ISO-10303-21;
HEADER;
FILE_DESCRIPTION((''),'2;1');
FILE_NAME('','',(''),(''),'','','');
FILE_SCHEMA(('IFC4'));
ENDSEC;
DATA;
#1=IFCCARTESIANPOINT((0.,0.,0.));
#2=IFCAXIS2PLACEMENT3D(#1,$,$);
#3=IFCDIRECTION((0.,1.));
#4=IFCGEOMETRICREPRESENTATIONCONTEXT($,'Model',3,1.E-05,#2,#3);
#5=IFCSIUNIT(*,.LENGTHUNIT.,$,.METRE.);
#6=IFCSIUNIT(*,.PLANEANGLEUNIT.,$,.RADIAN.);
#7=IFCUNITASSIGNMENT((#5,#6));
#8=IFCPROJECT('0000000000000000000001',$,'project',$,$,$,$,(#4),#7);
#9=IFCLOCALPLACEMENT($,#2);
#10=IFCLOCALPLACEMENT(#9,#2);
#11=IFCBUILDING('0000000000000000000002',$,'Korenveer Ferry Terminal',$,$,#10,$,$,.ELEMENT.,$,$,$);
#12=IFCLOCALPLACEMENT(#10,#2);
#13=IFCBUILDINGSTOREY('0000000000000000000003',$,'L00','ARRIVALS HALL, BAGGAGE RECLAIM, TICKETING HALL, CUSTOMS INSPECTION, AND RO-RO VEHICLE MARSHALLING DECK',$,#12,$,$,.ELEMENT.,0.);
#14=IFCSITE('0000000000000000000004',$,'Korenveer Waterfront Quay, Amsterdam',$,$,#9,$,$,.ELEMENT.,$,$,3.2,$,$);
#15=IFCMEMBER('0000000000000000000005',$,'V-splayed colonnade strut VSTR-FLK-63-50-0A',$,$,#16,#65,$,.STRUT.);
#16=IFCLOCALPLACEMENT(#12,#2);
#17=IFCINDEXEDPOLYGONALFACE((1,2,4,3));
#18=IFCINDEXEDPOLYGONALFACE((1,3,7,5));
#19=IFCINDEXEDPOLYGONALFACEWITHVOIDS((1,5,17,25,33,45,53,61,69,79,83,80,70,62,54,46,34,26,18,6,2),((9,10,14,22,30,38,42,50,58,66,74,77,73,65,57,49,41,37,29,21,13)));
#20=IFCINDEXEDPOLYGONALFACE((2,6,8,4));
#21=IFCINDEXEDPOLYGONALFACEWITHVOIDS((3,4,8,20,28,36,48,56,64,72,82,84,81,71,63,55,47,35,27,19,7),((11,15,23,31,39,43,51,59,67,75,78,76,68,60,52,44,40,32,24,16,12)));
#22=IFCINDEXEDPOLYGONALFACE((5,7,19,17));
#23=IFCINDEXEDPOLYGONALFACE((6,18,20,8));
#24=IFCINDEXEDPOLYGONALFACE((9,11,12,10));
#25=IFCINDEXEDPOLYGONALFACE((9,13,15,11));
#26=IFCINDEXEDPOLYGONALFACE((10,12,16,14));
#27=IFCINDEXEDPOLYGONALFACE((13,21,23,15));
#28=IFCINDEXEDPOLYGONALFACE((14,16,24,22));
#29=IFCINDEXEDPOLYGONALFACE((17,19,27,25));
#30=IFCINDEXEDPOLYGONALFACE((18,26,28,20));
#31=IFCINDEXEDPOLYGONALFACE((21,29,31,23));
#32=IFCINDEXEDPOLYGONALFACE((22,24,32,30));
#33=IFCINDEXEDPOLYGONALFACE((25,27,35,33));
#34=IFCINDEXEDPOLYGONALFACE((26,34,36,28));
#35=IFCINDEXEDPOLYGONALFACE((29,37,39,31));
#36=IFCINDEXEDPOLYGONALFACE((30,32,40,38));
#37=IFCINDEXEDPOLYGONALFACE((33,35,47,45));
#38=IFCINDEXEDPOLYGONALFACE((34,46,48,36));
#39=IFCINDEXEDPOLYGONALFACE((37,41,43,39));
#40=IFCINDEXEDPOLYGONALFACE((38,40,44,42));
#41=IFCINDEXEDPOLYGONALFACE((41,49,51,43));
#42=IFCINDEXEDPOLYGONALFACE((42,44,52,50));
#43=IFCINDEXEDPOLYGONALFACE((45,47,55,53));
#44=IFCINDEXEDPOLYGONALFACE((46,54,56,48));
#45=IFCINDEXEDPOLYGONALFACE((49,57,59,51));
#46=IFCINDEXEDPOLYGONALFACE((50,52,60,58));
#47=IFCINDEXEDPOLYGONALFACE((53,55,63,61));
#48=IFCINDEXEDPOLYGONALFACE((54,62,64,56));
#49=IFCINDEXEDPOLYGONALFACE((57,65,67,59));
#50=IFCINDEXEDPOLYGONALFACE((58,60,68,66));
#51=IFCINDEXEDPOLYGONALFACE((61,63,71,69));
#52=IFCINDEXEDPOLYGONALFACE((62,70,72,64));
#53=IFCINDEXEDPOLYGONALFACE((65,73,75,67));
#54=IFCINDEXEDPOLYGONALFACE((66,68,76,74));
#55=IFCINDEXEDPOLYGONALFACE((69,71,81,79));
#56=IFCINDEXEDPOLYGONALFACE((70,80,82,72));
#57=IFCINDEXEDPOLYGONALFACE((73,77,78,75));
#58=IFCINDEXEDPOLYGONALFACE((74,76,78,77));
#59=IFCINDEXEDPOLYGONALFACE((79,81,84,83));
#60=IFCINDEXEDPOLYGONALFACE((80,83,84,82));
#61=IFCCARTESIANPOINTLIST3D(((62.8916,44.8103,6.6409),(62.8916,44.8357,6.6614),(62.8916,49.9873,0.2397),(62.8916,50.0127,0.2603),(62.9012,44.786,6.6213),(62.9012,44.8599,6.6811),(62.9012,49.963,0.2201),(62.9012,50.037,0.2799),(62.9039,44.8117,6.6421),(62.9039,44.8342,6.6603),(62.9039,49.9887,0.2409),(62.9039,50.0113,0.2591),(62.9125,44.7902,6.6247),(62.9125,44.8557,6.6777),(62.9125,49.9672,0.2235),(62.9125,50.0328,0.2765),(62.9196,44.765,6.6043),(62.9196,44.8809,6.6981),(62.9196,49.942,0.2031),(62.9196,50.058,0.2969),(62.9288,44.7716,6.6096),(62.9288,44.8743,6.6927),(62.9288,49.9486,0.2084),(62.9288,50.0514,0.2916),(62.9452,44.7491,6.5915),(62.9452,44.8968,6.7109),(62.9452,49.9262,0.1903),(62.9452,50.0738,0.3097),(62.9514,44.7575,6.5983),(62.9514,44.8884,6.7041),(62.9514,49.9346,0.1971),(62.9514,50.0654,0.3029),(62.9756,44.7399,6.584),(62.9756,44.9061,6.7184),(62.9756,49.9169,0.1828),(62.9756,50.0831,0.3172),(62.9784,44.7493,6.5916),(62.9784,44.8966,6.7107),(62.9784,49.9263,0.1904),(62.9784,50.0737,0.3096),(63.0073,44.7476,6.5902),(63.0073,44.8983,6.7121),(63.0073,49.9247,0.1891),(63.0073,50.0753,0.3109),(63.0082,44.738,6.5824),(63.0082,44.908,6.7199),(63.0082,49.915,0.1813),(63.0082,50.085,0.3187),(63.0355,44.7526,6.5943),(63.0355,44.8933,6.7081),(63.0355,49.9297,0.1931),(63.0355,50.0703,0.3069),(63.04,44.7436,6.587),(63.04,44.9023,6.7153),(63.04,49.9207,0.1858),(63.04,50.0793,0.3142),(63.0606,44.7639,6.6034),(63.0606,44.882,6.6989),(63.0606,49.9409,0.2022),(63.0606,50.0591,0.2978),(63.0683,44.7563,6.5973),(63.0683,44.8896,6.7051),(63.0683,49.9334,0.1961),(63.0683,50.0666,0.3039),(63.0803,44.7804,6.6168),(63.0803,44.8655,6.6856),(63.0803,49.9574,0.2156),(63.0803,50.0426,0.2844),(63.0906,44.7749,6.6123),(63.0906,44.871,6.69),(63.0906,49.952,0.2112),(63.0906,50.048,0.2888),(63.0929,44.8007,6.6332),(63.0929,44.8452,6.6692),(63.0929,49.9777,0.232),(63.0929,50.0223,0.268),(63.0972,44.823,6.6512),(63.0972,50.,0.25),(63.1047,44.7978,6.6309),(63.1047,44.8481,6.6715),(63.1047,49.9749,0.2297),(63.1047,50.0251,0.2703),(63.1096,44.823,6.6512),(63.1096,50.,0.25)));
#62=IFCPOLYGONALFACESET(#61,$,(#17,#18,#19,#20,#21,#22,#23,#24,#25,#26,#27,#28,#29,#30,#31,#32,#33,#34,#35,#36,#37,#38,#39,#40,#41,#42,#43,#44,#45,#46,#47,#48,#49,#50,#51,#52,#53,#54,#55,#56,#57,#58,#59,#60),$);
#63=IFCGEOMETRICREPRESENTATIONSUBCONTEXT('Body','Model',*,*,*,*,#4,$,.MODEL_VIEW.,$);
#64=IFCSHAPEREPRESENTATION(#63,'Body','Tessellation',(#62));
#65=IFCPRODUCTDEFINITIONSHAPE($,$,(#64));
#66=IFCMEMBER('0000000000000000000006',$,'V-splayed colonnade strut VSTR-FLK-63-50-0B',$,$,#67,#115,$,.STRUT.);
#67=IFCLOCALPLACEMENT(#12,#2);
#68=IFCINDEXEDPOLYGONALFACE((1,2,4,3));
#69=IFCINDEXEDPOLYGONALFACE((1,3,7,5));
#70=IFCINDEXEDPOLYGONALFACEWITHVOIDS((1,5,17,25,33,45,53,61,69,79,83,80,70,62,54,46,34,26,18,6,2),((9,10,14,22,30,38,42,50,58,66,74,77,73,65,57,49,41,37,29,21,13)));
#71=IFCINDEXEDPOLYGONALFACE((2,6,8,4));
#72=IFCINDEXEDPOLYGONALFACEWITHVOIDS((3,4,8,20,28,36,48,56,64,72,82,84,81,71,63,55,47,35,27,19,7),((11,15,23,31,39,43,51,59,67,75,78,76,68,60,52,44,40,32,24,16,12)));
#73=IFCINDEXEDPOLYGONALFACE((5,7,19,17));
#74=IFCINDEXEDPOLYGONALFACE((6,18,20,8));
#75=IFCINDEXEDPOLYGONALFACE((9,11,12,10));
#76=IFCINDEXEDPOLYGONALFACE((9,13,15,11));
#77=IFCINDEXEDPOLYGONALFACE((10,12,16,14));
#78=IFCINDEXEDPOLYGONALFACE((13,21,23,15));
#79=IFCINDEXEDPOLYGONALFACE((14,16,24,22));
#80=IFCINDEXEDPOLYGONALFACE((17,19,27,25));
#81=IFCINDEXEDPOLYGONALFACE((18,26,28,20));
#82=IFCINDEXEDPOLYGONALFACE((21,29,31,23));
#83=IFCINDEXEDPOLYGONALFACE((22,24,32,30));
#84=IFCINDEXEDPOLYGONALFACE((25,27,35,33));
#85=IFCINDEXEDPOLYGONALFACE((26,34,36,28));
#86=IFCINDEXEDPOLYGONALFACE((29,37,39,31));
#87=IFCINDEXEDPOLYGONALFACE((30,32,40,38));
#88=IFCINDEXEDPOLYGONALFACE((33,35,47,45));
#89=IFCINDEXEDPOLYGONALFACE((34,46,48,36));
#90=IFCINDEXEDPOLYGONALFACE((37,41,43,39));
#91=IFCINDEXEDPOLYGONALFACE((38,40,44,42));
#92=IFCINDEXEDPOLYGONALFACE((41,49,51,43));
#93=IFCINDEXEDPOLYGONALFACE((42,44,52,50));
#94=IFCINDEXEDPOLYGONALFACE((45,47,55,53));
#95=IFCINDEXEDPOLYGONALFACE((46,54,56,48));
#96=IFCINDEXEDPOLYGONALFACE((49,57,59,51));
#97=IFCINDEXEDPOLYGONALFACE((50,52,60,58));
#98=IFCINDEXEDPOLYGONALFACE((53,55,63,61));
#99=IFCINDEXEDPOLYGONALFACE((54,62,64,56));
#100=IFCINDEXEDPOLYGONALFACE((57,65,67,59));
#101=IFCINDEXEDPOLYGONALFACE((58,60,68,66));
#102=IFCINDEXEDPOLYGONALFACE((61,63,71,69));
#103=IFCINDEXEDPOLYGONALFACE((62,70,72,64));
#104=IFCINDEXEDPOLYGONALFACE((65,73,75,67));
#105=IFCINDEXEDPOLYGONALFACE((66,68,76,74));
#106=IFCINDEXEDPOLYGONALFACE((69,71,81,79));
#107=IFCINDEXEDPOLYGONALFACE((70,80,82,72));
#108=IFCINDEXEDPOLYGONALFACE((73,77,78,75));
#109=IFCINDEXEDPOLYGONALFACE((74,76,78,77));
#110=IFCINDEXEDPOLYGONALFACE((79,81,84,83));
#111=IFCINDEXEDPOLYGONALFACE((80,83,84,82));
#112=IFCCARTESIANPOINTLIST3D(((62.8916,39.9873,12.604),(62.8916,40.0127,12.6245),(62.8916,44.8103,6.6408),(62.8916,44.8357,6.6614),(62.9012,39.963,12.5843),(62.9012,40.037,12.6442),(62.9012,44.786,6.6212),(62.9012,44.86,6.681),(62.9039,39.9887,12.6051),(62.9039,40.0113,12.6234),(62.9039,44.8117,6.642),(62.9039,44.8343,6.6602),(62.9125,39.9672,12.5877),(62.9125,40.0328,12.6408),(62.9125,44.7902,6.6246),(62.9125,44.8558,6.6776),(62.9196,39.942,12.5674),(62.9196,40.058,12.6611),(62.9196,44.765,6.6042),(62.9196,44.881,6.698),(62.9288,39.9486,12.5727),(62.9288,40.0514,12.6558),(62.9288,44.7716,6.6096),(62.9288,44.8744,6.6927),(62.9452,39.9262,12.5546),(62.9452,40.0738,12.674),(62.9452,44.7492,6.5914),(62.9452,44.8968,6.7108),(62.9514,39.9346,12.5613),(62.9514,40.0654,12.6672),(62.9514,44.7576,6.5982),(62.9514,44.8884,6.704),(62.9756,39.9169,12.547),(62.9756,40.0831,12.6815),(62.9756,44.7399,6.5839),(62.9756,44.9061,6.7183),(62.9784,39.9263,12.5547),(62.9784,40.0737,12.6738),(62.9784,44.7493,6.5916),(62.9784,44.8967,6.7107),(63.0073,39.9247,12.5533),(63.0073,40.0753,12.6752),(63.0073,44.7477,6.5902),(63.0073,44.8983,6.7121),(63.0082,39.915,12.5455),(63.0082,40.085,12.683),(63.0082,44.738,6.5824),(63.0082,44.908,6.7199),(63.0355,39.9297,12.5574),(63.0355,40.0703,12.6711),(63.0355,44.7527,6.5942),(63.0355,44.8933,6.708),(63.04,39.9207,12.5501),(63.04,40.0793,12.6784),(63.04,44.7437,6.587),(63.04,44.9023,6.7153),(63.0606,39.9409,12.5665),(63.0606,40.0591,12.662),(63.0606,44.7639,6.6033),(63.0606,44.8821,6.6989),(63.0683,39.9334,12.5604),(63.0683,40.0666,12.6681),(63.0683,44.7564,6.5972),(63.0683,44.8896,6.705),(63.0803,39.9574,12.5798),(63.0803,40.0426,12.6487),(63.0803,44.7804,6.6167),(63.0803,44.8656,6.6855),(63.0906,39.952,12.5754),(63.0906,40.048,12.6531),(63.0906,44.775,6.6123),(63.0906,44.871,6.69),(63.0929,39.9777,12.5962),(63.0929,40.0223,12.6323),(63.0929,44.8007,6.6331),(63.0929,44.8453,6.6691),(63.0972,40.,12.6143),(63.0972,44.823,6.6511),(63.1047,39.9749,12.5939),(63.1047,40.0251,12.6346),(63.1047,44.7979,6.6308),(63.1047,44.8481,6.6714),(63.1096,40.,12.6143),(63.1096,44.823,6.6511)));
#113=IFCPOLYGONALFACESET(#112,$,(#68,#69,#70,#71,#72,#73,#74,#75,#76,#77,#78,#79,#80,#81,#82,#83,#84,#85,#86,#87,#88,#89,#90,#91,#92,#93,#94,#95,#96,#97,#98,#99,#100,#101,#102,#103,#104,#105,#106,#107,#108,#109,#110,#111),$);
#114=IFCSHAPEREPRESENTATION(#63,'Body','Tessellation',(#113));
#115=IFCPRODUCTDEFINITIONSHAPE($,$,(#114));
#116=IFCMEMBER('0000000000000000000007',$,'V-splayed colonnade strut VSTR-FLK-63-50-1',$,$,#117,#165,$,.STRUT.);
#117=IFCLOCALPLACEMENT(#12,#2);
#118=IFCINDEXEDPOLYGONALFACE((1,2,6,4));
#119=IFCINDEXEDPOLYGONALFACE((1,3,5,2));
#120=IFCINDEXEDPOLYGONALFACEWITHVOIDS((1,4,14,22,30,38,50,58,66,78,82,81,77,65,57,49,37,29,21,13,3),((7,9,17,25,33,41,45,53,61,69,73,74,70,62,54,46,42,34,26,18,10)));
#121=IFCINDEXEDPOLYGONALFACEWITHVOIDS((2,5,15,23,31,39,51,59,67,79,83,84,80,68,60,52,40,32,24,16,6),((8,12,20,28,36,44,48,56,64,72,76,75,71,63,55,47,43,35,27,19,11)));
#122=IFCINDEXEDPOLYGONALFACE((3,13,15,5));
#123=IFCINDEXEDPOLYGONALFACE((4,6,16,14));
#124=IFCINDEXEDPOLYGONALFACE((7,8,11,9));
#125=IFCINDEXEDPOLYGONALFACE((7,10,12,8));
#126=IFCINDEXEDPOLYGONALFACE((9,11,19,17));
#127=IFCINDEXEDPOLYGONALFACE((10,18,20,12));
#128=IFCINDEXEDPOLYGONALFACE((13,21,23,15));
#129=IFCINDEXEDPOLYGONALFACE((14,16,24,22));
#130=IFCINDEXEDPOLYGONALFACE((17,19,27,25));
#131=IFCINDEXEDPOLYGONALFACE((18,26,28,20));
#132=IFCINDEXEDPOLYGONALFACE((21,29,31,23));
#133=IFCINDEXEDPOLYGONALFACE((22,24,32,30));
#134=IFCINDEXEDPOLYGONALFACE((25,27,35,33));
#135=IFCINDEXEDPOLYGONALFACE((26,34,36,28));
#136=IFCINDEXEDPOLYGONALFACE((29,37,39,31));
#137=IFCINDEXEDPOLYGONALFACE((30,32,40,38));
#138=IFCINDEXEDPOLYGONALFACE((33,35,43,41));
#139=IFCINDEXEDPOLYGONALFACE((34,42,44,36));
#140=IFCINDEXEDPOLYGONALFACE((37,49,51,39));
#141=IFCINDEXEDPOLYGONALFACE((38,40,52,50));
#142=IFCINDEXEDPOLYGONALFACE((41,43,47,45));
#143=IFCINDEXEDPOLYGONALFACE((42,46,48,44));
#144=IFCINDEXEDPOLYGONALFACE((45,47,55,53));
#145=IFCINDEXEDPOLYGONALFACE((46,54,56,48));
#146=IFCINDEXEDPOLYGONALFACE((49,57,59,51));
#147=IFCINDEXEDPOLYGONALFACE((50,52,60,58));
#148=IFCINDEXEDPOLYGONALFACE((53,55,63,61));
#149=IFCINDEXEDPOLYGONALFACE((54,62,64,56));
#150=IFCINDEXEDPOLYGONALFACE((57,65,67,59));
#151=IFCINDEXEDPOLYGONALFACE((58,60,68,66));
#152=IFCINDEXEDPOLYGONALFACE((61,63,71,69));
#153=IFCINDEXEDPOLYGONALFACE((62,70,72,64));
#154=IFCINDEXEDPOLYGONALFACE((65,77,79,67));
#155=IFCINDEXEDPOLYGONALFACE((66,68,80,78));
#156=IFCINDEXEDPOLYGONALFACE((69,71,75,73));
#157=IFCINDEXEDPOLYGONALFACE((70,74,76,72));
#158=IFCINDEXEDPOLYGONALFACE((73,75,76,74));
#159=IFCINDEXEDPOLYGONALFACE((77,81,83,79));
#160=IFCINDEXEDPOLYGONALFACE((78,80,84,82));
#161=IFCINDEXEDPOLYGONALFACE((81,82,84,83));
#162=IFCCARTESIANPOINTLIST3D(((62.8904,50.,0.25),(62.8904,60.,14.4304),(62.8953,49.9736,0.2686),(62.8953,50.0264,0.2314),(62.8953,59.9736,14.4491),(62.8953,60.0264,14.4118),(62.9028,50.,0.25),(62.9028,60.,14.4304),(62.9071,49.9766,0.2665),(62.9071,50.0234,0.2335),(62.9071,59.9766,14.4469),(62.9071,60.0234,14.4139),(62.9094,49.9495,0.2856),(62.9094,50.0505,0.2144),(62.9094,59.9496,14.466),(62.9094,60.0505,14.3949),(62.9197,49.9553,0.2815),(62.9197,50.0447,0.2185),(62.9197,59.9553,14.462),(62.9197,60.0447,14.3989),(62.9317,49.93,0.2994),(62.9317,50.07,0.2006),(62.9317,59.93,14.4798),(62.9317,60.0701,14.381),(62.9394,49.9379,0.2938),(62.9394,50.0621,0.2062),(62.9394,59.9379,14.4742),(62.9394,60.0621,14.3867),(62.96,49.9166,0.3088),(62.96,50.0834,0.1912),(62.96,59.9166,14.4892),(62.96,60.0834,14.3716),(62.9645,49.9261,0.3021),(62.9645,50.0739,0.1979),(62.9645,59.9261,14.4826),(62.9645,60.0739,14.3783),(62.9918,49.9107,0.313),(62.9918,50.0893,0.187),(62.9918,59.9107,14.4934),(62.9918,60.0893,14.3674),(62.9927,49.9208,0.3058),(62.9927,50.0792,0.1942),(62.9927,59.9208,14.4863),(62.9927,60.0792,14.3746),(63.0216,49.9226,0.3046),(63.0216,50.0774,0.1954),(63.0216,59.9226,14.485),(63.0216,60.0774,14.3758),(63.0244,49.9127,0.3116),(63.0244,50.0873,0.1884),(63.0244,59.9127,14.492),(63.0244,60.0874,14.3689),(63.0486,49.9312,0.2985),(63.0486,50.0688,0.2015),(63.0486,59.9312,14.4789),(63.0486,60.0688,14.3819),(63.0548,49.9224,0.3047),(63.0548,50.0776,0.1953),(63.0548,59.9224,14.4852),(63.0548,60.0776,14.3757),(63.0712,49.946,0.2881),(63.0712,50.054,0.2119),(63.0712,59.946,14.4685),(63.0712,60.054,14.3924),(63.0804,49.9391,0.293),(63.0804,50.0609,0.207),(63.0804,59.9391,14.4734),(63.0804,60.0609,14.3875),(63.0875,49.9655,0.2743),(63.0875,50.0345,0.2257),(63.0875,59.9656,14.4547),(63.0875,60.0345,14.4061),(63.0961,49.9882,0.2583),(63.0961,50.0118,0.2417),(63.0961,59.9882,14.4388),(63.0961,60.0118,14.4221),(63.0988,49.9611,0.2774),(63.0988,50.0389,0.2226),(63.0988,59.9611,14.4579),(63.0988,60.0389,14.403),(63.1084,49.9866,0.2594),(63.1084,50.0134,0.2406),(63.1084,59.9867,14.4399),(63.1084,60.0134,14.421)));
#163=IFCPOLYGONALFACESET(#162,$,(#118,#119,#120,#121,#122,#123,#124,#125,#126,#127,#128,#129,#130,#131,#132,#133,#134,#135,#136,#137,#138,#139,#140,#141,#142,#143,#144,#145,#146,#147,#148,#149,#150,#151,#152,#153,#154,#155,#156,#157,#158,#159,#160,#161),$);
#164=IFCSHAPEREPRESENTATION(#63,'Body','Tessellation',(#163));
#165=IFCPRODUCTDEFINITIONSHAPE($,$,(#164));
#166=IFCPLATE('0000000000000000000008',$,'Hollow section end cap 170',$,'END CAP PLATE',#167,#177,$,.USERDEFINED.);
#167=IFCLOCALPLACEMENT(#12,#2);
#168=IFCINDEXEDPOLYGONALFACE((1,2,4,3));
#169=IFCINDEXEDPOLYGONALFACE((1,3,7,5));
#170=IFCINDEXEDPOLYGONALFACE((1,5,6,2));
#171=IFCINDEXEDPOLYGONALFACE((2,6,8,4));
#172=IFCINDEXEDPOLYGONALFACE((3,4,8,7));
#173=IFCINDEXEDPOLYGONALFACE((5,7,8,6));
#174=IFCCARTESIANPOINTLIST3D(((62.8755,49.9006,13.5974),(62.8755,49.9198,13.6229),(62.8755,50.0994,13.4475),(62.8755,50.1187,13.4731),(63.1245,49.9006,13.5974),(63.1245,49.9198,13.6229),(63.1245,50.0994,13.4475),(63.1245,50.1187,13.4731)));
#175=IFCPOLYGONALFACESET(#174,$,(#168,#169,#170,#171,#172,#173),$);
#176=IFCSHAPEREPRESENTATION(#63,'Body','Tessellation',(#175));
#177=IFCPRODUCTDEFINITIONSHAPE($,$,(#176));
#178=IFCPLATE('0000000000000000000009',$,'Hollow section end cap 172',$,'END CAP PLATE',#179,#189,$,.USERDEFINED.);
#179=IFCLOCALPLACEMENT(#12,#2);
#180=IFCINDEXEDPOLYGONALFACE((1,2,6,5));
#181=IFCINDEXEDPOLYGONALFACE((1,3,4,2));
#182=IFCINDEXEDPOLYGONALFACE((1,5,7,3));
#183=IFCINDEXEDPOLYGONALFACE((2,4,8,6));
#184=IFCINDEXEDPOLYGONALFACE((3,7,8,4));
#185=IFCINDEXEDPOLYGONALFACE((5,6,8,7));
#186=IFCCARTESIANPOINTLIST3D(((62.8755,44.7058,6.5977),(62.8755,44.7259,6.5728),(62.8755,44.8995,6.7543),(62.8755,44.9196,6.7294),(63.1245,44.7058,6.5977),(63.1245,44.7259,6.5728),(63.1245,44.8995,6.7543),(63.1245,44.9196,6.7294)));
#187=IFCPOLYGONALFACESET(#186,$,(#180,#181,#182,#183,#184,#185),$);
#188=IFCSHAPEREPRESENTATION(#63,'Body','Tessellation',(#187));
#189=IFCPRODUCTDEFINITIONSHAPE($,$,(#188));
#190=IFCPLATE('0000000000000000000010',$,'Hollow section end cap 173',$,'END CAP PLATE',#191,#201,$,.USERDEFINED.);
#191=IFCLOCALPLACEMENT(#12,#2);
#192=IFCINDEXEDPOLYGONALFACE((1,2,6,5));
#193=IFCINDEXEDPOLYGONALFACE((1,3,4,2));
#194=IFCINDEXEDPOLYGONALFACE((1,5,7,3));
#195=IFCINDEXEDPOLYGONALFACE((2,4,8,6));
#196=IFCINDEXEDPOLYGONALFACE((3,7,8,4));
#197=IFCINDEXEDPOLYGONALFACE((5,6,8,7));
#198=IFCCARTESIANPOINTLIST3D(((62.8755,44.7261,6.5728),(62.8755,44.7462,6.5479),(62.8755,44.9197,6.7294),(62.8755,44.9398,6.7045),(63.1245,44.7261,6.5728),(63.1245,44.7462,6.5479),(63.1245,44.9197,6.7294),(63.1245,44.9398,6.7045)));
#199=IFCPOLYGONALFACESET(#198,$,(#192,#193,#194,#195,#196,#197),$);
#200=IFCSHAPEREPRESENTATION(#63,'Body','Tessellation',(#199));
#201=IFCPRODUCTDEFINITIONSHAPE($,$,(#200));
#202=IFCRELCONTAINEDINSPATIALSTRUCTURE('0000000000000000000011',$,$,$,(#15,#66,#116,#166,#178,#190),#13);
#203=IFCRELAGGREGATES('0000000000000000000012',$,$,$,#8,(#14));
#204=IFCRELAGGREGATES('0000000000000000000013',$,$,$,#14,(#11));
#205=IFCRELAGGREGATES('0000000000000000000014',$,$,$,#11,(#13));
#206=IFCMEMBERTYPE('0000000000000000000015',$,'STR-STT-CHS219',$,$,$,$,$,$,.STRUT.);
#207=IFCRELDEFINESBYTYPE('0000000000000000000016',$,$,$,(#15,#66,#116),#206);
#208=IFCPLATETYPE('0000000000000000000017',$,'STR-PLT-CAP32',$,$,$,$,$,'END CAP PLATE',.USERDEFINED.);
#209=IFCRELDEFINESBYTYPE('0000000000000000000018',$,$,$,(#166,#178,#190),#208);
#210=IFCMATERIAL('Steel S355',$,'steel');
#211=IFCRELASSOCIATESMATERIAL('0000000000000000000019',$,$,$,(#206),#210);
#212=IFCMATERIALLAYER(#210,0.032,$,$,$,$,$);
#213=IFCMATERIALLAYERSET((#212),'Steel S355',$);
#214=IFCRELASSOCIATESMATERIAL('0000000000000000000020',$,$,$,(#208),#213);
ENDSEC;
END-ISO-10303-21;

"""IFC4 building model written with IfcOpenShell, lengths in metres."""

from ifc_helpers import new_model, si_unit, direction, frame, origin, origin_2d, place, context, subcontext, project, spatial, rectangle, hollow_circle, extrude, material, layer, layer_set, material_profile, profile_set, type_object, element, save


model = new_model("IFC4")

# Units and contexts
model_context = context("Model", 3, precision=1e-05, world=origin(), true_north=direction((0.0, 1.0)))
body_context = subcontext(model_context, "Body", "Model", "MODEL_VIEW")
ifc_project = project(units=[si_unit("LENGTHUNIT", "METRE"), si_unit("PLANEANGLEUNIT", "RADIAN")], contexts=[model_context])

# Site, building, storey
site_placement = place(None, origin())
site = spatial("IfcSite", under=ifc_project, at=site_placement, Name="Korenveer Waterfront Quay, Amsterdam", CompositionType="ELEMENT", RefElevation=3.2)
building_placement = place(site_placement, origin())
building = spatial("IfcBuilding", under=site, at=building_placement, Name="Korenveer Ferry Terminal", CompositionType="ELEMENT")
storey_placement = place(building_placement, origin())
storey = spatial("IfcBuildingStorey", under=building, at=storey_placement, Name="L00", Description="ARRIVALS HALL, BAGGAGE RECLAIM, TICKETING HALL, CUSTOMS INSPECTION, AND RO-RO VEHICLE MARSHALLING DECK", CompositionType="ELEMENT", Elevation=0.0)

# Shared definitions
ifc_material_1 = material(Name="Steel S355", Category="steel")

# Members
ifc_material_profile_1 = material_profile(ifc_material_1, hollow_circle(Radius=0.1096, WallThickness=0.0125, at=origin_2d()), Name="CHS 219.1x12.5")
ifc_profile_set_1 = profile_set([ifc_material_profile_1], Name="Steel S355")
member_type = type_object("IfcMemberType", Name="STR-STT-CHS219", PredefinedType="STRUT", material=ifc_profile_set_1)
member_1_placement = place(storey_placement, frame((63.0, 50.0, 0.25), z_axis=(0.0, -0.628842, 0.777533), x_axis=(1.0, 0.0, 0.0)))
element("IfcMember", 1, at=member_1_placement, inside=storey, type_object=member_type, Name="V-splayed colonnade strut VSTR-FLK-63-50-0A", PredefinedType="STRUT", context=body_context, shape_type="SweptSolid", body=[
    extrude(hollow_circle(Radius=0.1096, WallThickness=0.0125, at=origin_2d()), origin(), (0.0, 0.0, 1.0), 8.2327),
])
member_2_placement = place(storey_placement, frame((63.0, 44.823, 6.6511), z_axis=(0.0, -0.628859, 0.777519), x_axis=(1.0, 0.0, 0.0)))
element("IfcMember", 2, at=member_2_placement, inside=storey, type_object=member_type, Name="V-splayed colonnade strut VSTR-FLK-63-50-0B", PredefinedType="STRUT", context=body_context, shape_type="SweptSolid", body=[
    extrude(hollow_circle(Radius=0.1096, WallThickness=0.0125, at=origin_2d()), origin(), (0.0, 0.0, 1.0), 7.6694),
])
member_3_placement = place(storey_placement, frame((63.0, 50.0, 0.25), z_axis=(0.0, 0.57631, 0.817231), x_axis=(-1.0, 0.0, 0.0)))
element("IfcMember", 3, at=member_3_placement, inside=storey, type_object=member_type, Name="V-splayed colonnade strut VSTR-FLK-63-50-1", PredefinedType="STRUT", context=body_context, shape_type="SweptSolid", body=[
    extrude(hollow_circle(Radius=0.1096, WallThickness=0.0125, at=origin_2d()), origin(), (0.0, 0.0, 1.0), 17.3518),
])

# Plates
ifc_layer_1 = layer(ifc_material_1, 0.032)
ifc_layer_set_1 = layer_set([ifc_layer_1], Name="Steel S355")
plate_type_1 = type_object("IfcPlateType", Name="STR-PLT-CAP32", ElementType="END CAP PLATE", PredefinedType="USERDEFINED", material=ifc_layer_set_1)
for number, where, z_axis, x_axis, name in (
    (4, (63.0, 50.0, 13.5225), (0.0, 0.601761, 0.798676), (-1.0, 0.0, 0.0), "Hollow section end cap 170"),
    (5, (63.0, 44.8228, 6.6511), (0.0, -0.628848, 0.777528), (1.0, 0.0, 0.0), "Hollow section end cap 172"),
    (6, (63.0, 44.843, 6.6262), (0.0, -0.628848, 0.777528), (1.0, 0.0, 0.0), "Hollow section end cap 173"),
):
    element("IfcPlate", number, at=place(storey_placement, frame(where, z_axis=z_axis, x_axis=x_axis)), inside=storey, type_object=plate_type_1, Name=name, ObjectType="END CAP PLATE", PredefinedType="USERDEFINED", context=body_context, shape_type="SweptSolid", body=[
        extrude(rectangle(XDim=0.249, YDim=0.249, at=origin_2d()), origin(), (0.0, 0.0, 1.0), 0.032),
    ])

save(model, "model.ifc")
